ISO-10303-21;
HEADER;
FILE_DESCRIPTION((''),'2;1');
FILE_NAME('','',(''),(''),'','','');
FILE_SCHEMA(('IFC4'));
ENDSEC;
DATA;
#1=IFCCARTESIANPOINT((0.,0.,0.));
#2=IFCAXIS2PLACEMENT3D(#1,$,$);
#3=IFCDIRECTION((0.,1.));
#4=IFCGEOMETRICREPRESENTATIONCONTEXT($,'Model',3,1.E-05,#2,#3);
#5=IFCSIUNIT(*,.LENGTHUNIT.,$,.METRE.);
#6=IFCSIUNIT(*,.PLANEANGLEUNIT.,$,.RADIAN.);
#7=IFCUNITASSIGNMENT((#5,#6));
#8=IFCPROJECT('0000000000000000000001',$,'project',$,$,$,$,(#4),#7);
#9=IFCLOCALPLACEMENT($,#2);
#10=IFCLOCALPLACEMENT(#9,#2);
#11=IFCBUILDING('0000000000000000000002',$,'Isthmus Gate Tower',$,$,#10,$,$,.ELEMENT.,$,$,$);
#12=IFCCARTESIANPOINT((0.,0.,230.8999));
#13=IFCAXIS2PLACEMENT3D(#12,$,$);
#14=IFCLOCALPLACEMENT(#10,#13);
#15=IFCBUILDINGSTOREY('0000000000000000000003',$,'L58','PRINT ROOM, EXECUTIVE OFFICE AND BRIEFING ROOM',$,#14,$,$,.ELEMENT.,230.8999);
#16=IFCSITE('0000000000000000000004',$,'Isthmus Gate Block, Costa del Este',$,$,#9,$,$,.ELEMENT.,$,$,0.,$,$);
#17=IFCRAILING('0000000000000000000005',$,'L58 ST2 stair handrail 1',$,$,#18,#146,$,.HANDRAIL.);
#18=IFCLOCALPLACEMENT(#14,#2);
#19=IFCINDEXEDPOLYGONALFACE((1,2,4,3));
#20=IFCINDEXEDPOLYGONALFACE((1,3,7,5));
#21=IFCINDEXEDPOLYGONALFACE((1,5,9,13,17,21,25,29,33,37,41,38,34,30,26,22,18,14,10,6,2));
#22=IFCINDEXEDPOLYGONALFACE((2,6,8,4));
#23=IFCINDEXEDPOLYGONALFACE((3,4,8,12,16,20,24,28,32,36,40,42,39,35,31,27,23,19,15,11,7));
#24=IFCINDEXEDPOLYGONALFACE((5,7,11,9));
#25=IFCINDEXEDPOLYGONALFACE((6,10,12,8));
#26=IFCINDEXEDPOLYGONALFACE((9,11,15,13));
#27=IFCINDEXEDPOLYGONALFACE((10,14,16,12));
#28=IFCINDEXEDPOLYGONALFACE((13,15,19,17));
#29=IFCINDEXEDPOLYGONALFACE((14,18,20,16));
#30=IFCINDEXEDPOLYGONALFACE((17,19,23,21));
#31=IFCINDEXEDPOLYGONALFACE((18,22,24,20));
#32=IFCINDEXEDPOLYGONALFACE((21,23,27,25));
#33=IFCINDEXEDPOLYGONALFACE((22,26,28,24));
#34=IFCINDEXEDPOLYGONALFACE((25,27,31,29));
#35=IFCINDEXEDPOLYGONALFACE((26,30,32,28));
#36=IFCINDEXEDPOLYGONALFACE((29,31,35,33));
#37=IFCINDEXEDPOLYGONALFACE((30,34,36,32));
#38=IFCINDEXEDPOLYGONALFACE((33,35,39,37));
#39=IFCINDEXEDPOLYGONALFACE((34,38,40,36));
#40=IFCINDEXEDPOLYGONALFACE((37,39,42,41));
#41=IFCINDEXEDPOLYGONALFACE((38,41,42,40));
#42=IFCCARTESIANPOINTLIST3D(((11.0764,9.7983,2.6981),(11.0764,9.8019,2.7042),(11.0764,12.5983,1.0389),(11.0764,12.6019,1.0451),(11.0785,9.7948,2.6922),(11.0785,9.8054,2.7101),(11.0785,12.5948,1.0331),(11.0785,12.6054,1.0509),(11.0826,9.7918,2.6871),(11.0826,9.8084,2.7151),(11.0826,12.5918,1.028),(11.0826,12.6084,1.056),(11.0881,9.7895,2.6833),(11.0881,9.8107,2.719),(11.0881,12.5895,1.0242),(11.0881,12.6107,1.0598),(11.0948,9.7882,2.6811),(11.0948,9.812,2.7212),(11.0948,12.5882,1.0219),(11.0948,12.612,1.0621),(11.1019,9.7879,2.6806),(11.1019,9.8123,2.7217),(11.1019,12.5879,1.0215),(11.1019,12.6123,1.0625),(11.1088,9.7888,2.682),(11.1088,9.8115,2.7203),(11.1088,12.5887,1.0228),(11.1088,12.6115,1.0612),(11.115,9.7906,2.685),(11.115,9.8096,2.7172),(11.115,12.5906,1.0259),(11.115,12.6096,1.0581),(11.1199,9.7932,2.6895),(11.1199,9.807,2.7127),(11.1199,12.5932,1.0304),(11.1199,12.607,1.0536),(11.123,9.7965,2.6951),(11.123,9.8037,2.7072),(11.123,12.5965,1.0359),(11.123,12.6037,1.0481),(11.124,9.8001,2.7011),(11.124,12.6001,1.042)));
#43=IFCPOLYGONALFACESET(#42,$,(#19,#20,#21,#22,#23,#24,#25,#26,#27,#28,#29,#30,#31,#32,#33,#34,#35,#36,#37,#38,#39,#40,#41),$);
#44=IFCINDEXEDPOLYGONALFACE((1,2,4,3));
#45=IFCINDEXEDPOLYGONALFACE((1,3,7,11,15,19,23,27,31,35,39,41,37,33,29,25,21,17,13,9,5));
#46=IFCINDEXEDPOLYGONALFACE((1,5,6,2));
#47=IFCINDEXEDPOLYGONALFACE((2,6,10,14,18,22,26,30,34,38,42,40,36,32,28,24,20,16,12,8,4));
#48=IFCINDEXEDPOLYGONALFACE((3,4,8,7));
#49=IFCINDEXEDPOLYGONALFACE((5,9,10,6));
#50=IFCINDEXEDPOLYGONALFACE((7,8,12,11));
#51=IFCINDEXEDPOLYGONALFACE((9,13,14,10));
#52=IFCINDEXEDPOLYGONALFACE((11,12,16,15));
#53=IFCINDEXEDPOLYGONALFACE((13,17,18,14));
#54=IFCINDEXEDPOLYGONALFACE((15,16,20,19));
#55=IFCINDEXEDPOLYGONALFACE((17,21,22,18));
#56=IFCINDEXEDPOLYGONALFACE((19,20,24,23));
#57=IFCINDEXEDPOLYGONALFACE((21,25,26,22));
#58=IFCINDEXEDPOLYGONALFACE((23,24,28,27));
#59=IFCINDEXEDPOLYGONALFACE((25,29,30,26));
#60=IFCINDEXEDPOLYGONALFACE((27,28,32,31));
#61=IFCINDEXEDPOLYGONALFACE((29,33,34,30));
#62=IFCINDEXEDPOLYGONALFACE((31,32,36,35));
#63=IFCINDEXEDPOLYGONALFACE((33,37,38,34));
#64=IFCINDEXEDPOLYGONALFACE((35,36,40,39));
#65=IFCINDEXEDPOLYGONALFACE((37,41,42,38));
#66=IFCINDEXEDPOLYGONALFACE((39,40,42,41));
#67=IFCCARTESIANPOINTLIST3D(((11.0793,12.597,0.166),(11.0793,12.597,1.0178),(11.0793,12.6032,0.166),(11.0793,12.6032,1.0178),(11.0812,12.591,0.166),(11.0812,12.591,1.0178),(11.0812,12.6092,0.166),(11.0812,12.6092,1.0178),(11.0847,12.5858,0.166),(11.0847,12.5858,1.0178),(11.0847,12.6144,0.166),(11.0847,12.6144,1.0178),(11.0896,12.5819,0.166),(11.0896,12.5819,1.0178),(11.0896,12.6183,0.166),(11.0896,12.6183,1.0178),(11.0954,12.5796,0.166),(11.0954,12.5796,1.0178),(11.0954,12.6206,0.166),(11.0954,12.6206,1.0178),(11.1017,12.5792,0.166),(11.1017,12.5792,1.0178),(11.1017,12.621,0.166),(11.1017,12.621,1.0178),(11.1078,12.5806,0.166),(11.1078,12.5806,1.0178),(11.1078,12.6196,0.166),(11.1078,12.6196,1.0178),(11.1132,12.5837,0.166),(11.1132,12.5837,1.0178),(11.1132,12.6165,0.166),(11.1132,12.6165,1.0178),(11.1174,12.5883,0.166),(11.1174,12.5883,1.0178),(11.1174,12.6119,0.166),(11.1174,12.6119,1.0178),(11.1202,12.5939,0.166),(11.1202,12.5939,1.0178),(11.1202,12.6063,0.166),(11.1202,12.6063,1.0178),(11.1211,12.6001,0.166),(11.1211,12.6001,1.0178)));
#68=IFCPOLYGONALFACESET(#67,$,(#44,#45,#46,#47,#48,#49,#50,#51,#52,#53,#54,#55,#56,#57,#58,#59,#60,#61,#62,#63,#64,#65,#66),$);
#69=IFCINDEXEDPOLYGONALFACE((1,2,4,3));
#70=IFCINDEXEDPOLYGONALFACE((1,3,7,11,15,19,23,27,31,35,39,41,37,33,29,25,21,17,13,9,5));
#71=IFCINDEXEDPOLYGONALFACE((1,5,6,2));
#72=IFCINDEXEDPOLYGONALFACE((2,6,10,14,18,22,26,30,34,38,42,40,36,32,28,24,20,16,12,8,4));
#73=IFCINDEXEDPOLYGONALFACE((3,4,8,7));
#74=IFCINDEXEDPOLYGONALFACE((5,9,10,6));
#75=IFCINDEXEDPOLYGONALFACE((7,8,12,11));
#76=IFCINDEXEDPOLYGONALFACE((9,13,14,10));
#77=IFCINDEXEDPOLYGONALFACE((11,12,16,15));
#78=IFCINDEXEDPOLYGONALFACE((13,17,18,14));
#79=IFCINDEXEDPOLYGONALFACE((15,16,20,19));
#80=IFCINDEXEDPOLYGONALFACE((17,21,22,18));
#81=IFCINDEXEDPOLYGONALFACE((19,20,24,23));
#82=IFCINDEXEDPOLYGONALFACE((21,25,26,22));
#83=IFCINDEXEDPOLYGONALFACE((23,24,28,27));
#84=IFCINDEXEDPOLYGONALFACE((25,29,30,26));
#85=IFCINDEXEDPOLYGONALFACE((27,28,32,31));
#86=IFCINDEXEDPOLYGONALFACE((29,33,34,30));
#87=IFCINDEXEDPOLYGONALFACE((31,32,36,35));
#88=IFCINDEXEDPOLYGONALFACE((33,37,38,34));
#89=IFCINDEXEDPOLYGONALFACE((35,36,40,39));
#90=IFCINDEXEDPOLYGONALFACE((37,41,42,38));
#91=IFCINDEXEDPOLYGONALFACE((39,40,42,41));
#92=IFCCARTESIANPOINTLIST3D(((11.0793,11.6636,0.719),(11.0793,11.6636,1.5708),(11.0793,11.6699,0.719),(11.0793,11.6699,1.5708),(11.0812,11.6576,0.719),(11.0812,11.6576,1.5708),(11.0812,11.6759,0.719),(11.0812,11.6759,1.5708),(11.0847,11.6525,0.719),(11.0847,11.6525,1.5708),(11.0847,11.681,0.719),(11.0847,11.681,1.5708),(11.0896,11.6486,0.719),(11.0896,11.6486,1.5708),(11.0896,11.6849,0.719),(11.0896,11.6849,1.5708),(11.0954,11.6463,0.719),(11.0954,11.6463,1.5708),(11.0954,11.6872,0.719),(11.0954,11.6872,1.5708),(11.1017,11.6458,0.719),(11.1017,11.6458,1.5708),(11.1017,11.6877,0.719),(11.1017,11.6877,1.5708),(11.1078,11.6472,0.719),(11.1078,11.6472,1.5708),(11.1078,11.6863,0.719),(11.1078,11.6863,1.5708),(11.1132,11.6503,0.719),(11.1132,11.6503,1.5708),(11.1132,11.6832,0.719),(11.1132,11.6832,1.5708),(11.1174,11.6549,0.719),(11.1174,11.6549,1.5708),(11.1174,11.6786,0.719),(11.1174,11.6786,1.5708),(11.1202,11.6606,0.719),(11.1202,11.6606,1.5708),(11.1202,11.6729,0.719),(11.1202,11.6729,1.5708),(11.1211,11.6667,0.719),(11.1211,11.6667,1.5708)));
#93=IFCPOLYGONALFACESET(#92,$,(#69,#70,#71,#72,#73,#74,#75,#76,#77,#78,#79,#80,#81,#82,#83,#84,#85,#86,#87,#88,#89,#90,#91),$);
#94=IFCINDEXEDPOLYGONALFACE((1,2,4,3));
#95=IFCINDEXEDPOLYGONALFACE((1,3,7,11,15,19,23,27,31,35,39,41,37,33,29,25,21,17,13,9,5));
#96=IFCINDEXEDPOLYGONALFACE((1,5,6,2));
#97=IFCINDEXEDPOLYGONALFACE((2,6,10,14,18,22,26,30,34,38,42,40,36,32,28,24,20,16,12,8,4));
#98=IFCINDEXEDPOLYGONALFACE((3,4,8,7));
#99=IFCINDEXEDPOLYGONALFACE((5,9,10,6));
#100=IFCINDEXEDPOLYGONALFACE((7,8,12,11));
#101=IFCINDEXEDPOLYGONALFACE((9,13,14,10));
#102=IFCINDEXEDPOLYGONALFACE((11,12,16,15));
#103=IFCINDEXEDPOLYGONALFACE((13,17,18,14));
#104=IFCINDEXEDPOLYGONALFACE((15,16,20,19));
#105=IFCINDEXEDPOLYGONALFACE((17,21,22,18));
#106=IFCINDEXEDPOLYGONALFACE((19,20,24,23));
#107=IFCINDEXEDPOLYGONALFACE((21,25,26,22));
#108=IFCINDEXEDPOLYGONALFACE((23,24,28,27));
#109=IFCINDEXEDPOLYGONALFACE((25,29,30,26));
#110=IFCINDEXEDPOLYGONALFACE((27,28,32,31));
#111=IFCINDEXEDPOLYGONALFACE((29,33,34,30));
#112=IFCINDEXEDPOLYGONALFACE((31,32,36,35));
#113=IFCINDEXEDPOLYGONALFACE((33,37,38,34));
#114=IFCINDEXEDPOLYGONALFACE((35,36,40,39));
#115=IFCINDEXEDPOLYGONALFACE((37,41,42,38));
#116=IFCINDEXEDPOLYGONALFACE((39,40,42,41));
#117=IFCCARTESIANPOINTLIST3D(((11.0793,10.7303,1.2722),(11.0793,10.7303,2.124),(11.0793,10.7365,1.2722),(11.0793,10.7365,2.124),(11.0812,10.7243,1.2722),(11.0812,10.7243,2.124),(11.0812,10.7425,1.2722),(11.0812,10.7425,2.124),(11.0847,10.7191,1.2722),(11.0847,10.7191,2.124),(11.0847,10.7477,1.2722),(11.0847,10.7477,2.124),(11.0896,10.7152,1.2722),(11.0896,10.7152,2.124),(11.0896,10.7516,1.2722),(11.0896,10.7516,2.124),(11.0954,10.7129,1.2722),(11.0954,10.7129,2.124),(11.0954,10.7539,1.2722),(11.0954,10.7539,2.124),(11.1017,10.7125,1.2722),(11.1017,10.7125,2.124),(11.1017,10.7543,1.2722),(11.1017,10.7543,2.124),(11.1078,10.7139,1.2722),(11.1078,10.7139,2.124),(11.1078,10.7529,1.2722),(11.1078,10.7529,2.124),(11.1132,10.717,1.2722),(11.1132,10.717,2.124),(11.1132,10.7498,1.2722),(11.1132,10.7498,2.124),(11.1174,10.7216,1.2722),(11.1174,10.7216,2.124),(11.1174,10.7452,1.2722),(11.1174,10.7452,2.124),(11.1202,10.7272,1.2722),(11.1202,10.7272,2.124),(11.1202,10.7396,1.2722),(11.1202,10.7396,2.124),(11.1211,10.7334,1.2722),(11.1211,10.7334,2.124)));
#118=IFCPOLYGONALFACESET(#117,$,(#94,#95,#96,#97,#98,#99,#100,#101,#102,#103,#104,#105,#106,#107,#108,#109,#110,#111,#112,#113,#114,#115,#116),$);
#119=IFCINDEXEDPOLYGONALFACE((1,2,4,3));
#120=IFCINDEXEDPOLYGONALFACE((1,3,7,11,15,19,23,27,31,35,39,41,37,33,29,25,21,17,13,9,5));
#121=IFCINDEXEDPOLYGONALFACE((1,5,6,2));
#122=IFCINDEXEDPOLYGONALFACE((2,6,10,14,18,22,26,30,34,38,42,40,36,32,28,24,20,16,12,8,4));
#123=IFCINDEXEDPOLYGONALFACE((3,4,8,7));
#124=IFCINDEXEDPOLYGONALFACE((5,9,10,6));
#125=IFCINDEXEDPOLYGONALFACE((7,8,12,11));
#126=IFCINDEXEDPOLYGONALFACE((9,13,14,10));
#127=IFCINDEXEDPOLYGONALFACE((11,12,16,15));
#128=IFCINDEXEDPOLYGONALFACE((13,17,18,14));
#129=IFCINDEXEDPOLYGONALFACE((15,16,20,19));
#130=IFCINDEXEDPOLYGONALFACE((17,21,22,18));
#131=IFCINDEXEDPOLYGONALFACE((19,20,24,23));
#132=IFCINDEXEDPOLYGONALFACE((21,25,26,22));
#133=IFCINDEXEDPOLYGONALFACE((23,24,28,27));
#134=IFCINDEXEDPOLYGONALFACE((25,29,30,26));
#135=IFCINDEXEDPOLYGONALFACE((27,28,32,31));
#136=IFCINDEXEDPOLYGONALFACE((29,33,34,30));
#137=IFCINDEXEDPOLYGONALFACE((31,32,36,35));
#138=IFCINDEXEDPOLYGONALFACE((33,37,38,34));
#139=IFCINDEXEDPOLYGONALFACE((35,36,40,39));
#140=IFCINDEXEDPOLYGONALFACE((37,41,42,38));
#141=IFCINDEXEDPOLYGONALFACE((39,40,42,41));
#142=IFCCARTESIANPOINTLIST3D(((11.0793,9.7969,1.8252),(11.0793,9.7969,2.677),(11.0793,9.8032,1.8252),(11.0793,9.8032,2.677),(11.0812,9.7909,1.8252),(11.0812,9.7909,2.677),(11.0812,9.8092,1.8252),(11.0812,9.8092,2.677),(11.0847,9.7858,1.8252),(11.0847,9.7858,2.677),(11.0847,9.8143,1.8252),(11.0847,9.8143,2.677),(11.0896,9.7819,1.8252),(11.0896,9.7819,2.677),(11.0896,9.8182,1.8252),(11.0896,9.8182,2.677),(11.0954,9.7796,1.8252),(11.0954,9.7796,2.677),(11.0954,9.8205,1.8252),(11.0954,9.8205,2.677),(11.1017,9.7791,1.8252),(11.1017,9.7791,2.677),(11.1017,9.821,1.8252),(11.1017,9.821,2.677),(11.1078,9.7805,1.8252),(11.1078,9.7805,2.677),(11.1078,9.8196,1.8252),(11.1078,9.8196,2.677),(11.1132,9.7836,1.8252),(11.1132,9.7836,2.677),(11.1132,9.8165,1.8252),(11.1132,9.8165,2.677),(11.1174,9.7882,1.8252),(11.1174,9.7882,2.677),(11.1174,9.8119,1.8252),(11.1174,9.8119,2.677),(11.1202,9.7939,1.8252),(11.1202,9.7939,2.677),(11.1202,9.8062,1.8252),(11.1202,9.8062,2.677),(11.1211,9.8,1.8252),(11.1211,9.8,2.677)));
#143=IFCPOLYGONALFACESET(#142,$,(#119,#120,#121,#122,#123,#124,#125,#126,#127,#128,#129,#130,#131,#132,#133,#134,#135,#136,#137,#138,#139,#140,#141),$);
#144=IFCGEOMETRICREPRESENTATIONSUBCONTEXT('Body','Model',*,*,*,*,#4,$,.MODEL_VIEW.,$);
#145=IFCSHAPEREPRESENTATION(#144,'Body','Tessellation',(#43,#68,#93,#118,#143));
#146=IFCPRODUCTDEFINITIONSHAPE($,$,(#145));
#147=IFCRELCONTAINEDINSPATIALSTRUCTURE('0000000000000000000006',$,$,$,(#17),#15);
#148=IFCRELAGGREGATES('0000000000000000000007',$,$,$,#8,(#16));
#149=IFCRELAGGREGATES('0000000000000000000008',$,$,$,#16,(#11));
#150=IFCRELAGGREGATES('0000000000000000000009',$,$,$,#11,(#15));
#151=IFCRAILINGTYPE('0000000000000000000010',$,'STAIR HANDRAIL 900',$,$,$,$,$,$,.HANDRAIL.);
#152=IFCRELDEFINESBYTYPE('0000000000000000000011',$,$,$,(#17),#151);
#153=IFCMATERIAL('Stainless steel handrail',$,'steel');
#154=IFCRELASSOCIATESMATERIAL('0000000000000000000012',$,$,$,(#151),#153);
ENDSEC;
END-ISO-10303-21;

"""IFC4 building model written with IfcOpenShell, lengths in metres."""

from ifc_helpers import new_model, si_unit, direction, frame, origin, origin_2d, place, context, subcontext, project, spatial, circle, extrude, material, type_object, element, save


model = new_model("IFC4")

# Units and contexts
model_context = context("Model", 3, precision=1e-05, world=origin(), true_north=direction((0.0, 1.0)))
body_context = subcontext(model_context, "Body", "Model", "MODEL_VIEW")
ifc_project = project(units=[si_unit("LENGTHUNIT", "METRE"), si_unit("PLANEANGLEUNIT", "RADIAN")], contexts=[model_context])

# Site, building, storey
site_placement = place(None, origin())
site = spatial("IfcSite", under=ifc_project, at=site_placement, Name="Isthmus Gate Block, Costa del Este", CompositionType="ELEMENT", RefElevation=0.0)
building_placement = place(site_placement, origin())
building = spatial("IfcBuilding", under=site, at=building_placement, Name="Isthmus Gate Tower", CompositionType="ELEMENT")
storey_placement = place(building_placement, frame((0.0, 0.0, 230.8999)))
storey = spatial("IfcBuildingStorey", under=building, at=storey_placement, Name="L58", Description="PRINT ROOM, EXECUTIVE OFFICE AND BRIEFING ROOM", CompositionType="ELEMENT", Elevation=230.8999)

# Railing
ifc_material_1 = material(Name="Stainless steel handrail", Category="steel")
railing_type = type_object("IfcRailingType", Name="STAIR HANDRAIL 900", PredefinedType="HANDRAIL", material=ifc_material_1)
railing_placement = place(storey_placement, frame((11.1001, 12.6001, 0.166)))
element("IfcRailing", 1, at=railing_placement, inside=storey, type_object=railing_type, Name="L58 ST2 stair handrail 1", PredefinedType="HANDRAIL", context=body_context, shape_type="SweptSolid", body=[
    extrude(circle(Radius=0.0239, at=origin_2d()), frame((0.0, 0.0, 0.876), z_axis=(0.0, -0.860306, 0.509778), x_axis=(1.0, 0.0, 0.0)), (0.0, 0.0, 1.0), 3.2546),
    extrude(circle(Radius=0.021, at=origin_2d()), origin(), (0.0, 0.0, 1.0), 0.8518),
    extrude(circle(Radius=0.021, at=origin_2d()), frame((0.0, -0.9333, 0.553)), (0.0, 0.0, 1.0), 0.8518),
    extrude(circle(Radius=0.021, at=origin_2d()), frame((0.0, -1.8667, 1.1062)), (0.0, 0.0, 1.0), 0.8518),
    extrude(circle(Radius=0.021, at=origin_2d()), frame((0.0, -2.8, 1.6592)), (0.0, 0.0, 1.0), 0.8518),
])

save(model, "model.ifc")
